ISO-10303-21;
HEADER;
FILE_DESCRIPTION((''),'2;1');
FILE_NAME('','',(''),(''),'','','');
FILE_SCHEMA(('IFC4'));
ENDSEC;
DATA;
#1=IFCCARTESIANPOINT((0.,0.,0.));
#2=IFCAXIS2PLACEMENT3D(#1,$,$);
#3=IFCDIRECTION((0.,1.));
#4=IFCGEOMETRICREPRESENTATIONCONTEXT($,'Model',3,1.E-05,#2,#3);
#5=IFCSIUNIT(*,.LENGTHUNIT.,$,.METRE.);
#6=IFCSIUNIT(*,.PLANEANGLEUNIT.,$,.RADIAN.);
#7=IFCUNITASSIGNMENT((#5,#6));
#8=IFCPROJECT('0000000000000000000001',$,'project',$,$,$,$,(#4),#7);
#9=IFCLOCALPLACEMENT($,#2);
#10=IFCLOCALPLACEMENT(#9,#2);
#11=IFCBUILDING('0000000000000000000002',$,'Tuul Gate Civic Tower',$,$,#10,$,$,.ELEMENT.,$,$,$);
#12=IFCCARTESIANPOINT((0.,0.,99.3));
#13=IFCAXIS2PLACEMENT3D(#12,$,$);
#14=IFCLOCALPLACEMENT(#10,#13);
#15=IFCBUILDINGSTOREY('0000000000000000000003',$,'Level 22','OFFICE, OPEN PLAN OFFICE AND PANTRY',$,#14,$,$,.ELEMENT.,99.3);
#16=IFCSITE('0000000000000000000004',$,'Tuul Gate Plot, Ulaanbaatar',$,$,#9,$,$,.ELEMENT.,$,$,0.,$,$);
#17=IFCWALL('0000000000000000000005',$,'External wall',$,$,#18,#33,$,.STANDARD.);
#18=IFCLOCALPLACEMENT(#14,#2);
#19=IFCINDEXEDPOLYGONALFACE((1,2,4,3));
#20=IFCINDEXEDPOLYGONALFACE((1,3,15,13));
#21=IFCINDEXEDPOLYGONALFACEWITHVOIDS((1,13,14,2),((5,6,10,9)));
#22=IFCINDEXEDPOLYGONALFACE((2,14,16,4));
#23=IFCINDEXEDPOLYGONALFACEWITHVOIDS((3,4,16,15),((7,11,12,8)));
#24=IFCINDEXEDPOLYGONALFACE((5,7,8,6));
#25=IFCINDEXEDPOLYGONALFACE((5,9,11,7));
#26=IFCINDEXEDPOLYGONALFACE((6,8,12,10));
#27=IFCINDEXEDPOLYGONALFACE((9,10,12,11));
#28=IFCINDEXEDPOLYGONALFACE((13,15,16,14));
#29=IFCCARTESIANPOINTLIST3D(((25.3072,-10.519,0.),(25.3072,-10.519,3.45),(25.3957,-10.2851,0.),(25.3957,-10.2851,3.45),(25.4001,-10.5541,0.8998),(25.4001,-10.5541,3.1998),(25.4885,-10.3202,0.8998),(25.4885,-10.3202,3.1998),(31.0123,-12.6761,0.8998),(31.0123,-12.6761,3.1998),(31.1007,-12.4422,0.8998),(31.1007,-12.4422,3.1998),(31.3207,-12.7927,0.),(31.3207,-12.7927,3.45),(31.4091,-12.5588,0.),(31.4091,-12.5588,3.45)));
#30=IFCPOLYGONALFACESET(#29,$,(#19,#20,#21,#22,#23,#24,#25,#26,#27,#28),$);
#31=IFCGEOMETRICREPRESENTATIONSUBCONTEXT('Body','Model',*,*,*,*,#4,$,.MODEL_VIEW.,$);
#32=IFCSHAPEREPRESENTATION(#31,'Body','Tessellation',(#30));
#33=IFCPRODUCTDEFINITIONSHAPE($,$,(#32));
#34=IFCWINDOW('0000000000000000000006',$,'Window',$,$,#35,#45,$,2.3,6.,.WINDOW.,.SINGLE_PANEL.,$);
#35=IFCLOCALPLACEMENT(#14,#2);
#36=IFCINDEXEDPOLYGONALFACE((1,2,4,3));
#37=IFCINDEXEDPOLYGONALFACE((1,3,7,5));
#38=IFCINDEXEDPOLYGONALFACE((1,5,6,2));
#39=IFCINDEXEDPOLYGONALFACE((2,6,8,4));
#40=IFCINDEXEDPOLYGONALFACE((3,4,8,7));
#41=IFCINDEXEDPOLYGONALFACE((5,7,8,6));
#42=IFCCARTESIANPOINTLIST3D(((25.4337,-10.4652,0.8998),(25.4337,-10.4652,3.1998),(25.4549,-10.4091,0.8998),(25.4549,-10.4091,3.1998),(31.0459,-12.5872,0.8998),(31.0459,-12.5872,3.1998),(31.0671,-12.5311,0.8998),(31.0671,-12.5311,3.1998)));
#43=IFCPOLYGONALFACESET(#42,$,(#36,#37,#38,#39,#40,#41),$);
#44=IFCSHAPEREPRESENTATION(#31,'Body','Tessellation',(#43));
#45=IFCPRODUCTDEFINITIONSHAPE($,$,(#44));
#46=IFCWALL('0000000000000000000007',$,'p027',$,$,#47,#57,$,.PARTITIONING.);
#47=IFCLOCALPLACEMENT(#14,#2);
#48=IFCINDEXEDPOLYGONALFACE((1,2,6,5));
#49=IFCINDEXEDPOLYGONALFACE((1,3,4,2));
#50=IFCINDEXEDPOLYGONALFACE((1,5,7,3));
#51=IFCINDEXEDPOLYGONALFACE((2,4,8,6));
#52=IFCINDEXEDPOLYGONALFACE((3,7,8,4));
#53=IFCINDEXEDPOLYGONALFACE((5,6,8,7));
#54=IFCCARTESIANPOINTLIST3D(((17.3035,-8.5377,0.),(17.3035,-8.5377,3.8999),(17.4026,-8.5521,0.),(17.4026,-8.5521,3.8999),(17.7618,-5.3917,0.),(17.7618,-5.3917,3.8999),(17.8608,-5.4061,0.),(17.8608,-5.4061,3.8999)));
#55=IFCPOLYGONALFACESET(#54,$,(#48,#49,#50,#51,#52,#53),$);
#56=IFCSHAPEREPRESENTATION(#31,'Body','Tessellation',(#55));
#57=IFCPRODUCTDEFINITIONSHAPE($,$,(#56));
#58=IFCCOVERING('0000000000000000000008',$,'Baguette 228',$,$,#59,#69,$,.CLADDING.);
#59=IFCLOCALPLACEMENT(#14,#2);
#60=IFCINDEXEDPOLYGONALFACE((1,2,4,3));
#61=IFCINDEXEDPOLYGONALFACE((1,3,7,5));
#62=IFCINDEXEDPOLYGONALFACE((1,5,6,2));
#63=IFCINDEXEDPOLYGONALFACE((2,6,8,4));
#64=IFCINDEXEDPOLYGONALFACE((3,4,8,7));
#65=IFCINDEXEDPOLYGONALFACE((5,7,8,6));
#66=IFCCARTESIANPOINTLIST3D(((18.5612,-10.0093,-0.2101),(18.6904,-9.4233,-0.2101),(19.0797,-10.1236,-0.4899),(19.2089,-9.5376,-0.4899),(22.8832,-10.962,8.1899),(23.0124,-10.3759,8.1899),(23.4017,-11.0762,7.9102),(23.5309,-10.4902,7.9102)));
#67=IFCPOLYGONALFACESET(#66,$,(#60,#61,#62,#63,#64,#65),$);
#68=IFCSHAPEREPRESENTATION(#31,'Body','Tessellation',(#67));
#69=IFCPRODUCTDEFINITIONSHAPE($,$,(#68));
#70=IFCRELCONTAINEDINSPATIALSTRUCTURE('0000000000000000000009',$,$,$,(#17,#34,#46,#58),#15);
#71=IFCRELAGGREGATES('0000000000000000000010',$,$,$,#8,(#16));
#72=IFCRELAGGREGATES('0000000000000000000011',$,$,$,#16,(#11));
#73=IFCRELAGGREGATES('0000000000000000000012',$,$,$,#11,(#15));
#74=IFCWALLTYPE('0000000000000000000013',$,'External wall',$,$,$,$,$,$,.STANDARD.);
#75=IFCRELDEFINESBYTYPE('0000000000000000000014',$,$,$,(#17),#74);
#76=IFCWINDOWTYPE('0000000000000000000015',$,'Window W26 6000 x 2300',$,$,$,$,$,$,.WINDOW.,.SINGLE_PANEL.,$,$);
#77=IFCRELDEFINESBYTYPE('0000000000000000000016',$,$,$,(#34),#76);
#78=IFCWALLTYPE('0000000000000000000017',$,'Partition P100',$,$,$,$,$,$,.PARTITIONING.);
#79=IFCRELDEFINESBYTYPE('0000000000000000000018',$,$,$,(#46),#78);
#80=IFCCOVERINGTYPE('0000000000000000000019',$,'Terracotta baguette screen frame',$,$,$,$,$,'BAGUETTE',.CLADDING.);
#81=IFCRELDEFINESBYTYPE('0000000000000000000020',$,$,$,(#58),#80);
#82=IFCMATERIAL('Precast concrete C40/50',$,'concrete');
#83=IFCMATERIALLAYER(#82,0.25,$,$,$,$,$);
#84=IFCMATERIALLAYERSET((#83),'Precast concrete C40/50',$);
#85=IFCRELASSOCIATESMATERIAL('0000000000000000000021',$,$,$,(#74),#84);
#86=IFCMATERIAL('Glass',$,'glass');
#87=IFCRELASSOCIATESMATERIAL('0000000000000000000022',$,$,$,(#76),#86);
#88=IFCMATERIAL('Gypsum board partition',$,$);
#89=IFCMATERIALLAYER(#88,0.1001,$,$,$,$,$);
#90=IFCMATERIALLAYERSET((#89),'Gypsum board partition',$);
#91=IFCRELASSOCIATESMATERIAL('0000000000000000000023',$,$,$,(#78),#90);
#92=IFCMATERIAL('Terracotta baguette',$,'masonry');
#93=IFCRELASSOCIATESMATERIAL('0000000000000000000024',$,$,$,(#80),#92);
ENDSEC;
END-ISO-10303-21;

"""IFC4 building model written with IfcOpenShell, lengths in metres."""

from ifc_helpers import new_model, si_unit, direction, frame, frame_2d, origin, origin_2d, place, context, subcontext, project, spatial, rectangle, extrude, material, layer, layer_set, material_profile, profile_set, type_object, element, fill, save


model = new_model("IFC4")

# Units and contexts
model_context = context("Model", 3, precision=1e-05, world=origin(), true_north=direction((0.0, 1.0)))
body_context = subcontext(model_context, "Body", "Model", "MODEL_VIEW")
ifc_project = project(units=[si_unit("LENGTHUNIT", "METRE"), si_unit("PLANEANGLEUNIT", "RADIAN")], contexts=[model_context])

# Site, building, storey
site_placement = place(None, origin())
site = spatial("IfcSite", under=ifc_project, at=site_placement, Name="Tuul Gate Plot, Ulaanbaatar", CompositionType="ELEMENT", RefElevation=0.0)
building_placement = place(site_placement, origin())
building = spatial("IfcBuilding", under=site, at=building_placement, Name="Tuul Gate Civic Tower", CompositionType="ELEMENT")
storey_placement = place(building_placement, frame((0.0, 0.0, 99.3)))
storey = spatial("IfcBuildingStorey", under=building, at=storey_placement, Name="Level 22", Description="OFFICE, OPEN PLAN OFFICE AND PANTRY", CompositionType="ELEMENT", Elevation=99.3)

# Wall, opening, window
ifc_material_1 = material(Name="Precast concrete C40/50", Category="concrete")
ifc_layer_1 = layer(ifc_material_1, 0.25)
ifc_layer_set_1 = layer_set([ifc_layer_1], Name="Precast concrete C40/50")
wall_type_1 = type_object("IfcWallType", Name="External wall", PredefinedType="STANDARD", material=ifc_layer_set_1)
ifc_material_2 = material(Name="Glass", Category="glass")
window_type = type_object("IfcWindowType", Name="Window W26 6000 x 2300", PartitioningType="SINGLE_PANEL", PredefinedType="WINDOW", material=ifc_material_2)
wall_1_placement = place(storey_placement, frame((25.3516, -10.4021, 0.0), z_axis=(0.0, 0.0, 1.0), x_axis=(0.935372, -0.353665, 0.0)))
wall_1 = element("IfcWall", 1, at=wall_1_placement, inside=storey, type_object=wall_type_1, Name="External wall", PredefinedType="STANDARD", context=body_context, shape_type="SweptSolid", body=[
    extrude(rectangle(XDim=6.429, YDim=0.25, at=frame_2d((3.2144, 0.0))), origin(), (0.0, 0.0, 1.0), 3.45),
])
opening_1_placement = place(wall_1_placement, frame((0.0991, 0.0, 0.8999)))
opening_1 = element("IfcOpeningElement", 2, at=opening_1_placement, cuts=wall_1, PredefinedType="OPENING", context=body_context, shape_type="SweptSolid", body=[
    extrude(rectangle(XDim=6.0, YDim=2.3, at=frame_2d((3.0, 1.1499))), frame((0.0, 0.135, 0.0), z_axis=(0.0, -1.0, 0.0), x_axis=(1.0, 0.0, 0.0)), (0.0, 0.0, 1.0), 0.27),
])
window_1_placement = place(opening_1_placement, origin())
window_1 = element("IfcWindow", 3, at=window_1_placement, inside=storey, type_object=window_type, Name="Window", OverallHeight=2.3, OverallWidth=6.0, PartitioningType="SINGLE_PANEL", PredefinedType="WINDOW", context=body_context, shape_type="SweptSolid", body=[
    extrude(rectangle(XDim=6.0, YDim=2.3, at=frame_2d((3.0, 1.1499))), frame((0.0, 0.03, 0.0), z_axis=(0.0, -1.0, 0.0), x_axis=(1.0, 0.0, 0.0)), (0.0, 0.0, 1.0), 0.0601),
])
fill(opening_1, window_1)

# Wall
ifc_material_3 = material(Name="Gypsum board partition")
ifc_layer_2 = layer(ifc_material_3, 0.1001)
ifc_layer_set_2 = layer_set([ifc_layer_2], Name="Gypsum board partition")
wall_type_2 = type_object("IfcWallType", Name="Partition P100", PredefinedType="PARTITIONING", material=ifc_layer_set_2)
wall_2_placement = place(storey_placement, frame((17.353, -8.5449, 0.0), z_axis=(0.0, 0.0, 1.0), x_axis=(0.144141, 0.989557, 0.0)))
element("IfcWall", 4, at=wall_2_placement, inside=storey, type_object=wall_type_2, Name="p027", PredefinedType="PARTITIONING", context=body_context, shape_type="SweptSolid", body=[
    extrude(rectangle(XDim=3.1792, YDim=0.1001, at=frame_2d((1.5896, 0.0))), origin(), (0.0, 0.0, 1.0), 3.8999),
])

# Covering
ifc_material_4 = material(Name="Terracotta baguette", Category="masonry")
ifc_material_profile_1 = material_profile(ifc_material_4, rectangle(XDim=0.6001, YDim=0.6001, at=origin_2d()), Name="Terracotta baguette screen frame")
ifc_profile_set_1 = profile_set([ifc_material_profile_1], Name="Terracotta baguette")
covering_type = type_object("IfcCoveringType", Name="Terracotta baguette screen frame", ElementType="BAGUETTE", PredefinedType="CLADDING", material=ifc_profile_set_1)
covering_placement = place(storey_placement, frame((23.207, -10.7261, 8.05), z_axis=(-0.455202, 0.100333, -0.884717), x_axis=(-0.215248, -0.976559, 0.0)))
element("IfcCovering", 5, at=covering_placement, inside=storey, type_object=covering_type, Name="Baguette 228", PredefinedType="CLADDING", context=body_context, shape_type="SweptSolid", body=[
    extrude(rectangle(XDim=0.6001, YDim=0.6001, at=origin_2d()), origin(), (0.0, 0.0, 1.0), 9.4946),
])

save(model, "model.ifc")
